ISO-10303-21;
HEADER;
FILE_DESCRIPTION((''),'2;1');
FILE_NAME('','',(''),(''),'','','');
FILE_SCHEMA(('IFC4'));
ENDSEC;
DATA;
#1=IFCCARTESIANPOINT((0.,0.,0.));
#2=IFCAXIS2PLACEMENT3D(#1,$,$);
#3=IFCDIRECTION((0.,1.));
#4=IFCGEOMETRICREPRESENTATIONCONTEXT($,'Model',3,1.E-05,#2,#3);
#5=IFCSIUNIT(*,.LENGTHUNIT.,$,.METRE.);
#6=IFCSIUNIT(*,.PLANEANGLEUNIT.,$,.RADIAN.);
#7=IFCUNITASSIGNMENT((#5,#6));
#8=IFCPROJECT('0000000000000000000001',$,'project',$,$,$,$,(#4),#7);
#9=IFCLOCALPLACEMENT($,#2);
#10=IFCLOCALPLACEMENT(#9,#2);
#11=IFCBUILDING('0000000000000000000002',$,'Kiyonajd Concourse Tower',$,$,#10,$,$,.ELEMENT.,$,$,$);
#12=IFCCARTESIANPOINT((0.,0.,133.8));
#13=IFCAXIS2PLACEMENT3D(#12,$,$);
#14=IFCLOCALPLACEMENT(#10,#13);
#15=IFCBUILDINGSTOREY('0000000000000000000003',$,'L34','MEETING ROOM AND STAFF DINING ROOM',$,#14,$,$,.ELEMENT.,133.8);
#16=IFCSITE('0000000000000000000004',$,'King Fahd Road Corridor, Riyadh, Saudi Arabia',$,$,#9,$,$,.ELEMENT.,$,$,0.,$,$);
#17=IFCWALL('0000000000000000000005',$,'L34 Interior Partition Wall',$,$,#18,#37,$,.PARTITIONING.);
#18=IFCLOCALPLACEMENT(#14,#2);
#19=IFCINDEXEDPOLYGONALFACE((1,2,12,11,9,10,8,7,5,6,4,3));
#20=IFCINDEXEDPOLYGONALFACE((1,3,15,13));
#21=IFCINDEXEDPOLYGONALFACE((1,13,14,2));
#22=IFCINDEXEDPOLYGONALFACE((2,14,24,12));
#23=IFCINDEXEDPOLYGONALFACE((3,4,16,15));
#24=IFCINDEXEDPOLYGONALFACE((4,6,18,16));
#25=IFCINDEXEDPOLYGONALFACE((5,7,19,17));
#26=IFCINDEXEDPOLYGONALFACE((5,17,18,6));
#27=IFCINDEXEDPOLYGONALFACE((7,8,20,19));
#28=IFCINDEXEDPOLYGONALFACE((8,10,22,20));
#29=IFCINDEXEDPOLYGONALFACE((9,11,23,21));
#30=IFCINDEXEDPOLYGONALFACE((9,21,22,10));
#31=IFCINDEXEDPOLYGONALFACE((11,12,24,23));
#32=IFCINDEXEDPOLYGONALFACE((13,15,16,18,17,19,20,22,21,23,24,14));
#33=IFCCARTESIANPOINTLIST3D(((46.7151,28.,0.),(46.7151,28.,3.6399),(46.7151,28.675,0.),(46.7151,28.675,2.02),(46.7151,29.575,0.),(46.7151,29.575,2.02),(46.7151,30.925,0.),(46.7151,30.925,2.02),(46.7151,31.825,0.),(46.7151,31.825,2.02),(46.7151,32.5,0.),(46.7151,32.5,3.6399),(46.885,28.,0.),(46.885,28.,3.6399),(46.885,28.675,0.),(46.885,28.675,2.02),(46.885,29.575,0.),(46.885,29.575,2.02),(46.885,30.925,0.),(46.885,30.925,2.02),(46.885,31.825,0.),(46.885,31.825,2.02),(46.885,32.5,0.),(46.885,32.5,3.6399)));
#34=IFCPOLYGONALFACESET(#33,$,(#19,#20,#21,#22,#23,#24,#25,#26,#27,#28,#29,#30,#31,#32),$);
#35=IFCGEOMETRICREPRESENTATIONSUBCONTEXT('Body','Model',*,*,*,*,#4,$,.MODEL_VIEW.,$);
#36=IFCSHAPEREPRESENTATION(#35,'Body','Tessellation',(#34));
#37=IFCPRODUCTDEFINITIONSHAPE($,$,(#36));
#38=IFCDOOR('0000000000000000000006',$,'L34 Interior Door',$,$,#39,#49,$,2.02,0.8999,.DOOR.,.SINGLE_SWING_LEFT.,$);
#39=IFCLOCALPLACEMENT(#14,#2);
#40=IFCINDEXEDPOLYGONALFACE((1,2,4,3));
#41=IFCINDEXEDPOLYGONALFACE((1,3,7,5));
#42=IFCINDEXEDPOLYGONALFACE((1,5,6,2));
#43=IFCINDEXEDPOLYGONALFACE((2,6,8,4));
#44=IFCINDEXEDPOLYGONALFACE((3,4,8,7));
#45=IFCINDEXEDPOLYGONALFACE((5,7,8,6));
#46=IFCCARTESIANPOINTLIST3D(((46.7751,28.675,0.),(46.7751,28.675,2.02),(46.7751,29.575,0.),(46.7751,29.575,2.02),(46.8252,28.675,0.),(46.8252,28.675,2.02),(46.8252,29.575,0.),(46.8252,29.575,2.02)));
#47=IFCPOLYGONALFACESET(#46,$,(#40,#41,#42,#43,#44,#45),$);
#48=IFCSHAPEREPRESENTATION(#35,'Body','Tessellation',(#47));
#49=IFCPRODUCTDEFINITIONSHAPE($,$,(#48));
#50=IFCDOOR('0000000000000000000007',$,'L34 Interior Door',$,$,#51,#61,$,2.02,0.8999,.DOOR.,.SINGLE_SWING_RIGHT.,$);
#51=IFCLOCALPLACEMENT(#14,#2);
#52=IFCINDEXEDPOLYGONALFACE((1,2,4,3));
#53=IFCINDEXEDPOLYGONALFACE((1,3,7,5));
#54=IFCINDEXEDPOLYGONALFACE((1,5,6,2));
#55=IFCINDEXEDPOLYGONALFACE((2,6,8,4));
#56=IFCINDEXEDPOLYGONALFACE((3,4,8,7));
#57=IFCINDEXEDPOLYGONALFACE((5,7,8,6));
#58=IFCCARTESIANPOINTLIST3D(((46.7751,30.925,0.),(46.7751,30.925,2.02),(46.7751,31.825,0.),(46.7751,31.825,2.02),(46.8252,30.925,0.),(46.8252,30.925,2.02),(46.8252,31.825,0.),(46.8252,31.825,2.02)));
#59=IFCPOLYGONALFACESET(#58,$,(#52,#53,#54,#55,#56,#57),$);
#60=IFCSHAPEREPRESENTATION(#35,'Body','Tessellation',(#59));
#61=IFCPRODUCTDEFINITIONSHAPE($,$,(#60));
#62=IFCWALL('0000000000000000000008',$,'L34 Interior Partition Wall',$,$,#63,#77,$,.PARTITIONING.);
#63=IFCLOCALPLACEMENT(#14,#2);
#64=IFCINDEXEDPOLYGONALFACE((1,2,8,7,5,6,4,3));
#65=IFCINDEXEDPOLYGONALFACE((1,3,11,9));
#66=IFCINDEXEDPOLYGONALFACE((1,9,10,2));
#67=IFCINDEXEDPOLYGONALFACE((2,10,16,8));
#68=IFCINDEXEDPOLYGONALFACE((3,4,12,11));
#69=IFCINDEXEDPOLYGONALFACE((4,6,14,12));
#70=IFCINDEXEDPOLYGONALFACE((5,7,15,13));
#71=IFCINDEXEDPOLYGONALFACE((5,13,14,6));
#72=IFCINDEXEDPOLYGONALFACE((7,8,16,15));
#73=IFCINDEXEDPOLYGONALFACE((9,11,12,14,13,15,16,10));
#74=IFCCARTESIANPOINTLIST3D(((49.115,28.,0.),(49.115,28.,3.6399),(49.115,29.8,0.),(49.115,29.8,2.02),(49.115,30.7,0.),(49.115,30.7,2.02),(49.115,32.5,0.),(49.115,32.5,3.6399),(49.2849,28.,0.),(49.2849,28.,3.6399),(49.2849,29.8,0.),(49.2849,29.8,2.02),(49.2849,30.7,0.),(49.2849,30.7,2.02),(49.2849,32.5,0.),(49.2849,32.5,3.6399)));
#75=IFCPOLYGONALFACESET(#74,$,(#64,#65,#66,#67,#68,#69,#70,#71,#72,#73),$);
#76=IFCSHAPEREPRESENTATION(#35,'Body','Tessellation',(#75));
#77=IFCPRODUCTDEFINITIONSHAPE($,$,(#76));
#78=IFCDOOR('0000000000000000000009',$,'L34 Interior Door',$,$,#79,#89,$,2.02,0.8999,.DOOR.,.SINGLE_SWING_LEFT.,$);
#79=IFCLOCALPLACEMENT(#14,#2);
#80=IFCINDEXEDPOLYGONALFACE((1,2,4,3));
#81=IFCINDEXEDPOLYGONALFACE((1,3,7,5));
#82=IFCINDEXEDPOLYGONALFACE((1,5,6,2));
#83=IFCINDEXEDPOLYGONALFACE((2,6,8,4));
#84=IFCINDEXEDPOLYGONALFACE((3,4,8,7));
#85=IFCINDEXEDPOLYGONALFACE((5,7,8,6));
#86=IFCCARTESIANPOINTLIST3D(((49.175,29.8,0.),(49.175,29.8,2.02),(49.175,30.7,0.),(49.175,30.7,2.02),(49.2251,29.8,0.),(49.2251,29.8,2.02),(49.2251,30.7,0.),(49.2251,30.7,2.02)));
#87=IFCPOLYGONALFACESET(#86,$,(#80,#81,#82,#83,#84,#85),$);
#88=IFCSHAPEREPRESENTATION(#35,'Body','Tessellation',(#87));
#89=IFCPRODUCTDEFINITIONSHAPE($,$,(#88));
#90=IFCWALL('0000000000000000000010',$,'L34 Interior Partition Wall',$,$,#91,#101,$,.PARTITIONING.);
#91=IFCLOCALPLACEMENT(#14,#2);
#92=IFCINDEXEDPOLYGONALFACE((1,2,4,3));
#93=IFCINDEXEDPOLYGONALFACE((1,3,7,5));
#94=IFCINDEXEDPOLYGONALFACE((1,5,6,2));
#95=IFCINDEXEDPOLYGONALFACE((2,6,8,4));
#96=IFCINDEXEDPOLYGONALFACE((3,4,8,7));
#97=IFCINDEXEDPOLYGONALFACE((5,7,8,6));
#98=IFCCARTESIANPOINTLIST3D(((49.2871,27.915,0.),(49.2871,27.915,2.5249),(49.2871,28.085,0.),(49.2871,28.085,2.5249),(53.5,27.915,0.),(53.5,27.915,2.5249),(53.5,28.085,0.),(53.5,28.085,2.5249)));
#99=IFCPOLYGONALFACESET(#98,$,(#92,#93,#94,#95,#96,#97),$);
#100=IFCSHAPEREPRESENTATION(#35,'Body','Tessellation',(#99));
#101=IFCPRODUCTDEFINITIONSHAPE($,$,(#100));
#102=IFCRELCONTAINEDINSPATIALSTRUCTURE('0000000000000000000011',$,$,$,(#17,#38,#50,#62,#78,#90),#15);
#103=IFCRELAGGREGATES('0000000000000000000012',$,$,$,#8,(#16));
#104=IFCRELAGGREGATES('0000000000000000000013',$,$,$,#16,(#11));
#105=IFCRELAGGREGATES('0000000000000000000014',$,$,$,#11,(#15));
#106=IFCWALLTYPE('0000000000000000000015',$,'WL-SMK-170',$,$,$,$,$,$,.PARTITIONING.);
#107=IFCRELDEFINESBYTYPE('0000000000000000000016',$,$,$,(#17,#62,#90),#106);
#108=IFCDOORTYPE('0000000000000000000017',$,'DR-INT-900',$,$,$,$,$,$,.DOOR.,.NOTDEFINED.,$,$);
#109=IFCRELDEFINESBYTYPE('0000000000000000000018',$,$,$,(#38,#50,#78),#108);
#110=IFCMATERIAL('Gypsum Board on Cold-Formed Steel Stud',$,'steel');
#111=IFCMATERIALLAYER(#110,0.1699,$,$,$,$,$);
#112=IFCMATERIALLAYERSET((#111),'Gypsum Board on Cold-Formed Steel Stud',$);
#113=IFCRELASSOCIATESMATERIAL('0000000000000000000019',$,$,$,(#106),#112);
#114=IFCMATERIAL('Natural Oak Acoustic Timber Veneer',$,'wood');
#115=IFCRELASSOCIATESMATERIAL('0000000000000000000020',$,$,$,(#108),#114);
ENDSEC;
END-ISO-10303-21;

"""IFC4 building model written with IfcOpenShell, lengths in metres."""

from ifc_helpers import new_model, si_unit, direction, frame, frame_2d, origin, place, context, subcontext, project, spatial, rectangle, extrude, material, layer, layer_set, type_object, element, fill, save


model = new_model("IFC4")

# Units and contexts
model_context = context("Model", 3, precision=1e-05, world=origin(), true_north=direction((0.0, 1.0)))
body_context = subcontext(model_context, "Body", "Model", "MODEL_VIEW")
ifc_project = project(units=[si_unit("LENGTHUNIT", "METRE"), si_unit("PLANEANGLEUNIT", "RADIAN")], contexts=[model_context])

# Site, building, storey
site_placement = place(None, origin())
site = spatial("IfcSite", under=ifc_project, at=site_placement, Name="King Fahd Road Corridor, Riyadh, Saudi Arabia", CompositionType="ELEMENT", RefElevation=0.0)
building_placement = place(site_placement, origin())
building = spatial("IfcBuilding", under=site, at=building_placement, Name="Kiyonajd Concourse Tower", CompositionType="ELEMENT")
storey_placement = place(building_placement, frame((0.0, 0.0, 133.8)))
storey = spatial("IfcBuildingStorey", under=building, at=storey_placement, Name="L34", Description="MEETING ROOM AND STAFF DINING ROOM", CompositionType="ELEMENT", Elevation=133.8)

# Shared definitions
ifc_material_1 = material(Name="Gypsum Board on Cold-Formed Steel Stud", Category="steel")

# Shared definitions
ifc_layer_1 = layer(ifc_material_1, 0.1699)
ifc_layer_set_1 = layer_set([ifc_layer_1], Name="Gypsum Board on Cold-Formed Steel Stud")
wall_type_1 = type_object("IfcWallType", Name="WL-SMK-170", PredefinedType="PARTITIONING", material=ifc_layer_set_1)
ifc_material_2 = material(Name="Natural Oak Acoustic Timber Veneer", Category="wood")
door_type = type_object("IfcDoorType", Name="DR-INT-900", OperationType="NOTDEFINED", PredefinedType="DOOR", material=ifc_material_2)

# Wall, openings, doors
wall_1_placement = place(storey_placement, frame((46.8, 28.0, 0.0), z_axis=(0.0, 0.0, 1.0), x_axis=(0.0, 1.0, 0.0)))
wall_1 = element("IfcWall", 1, at=wall_1_placement, inside=storey, type_object=wall_type_1, Name="L34 Interior Partition Wall", PredefinedType="PARTITIONING", context=body_context, shape_type="SweptSolid", body=[
    extrude(rectangle(XDim=4.5, YDim=0.1699, at=frame_2d((2.25, 0.0))), origin(), (0.0, 0.0, 1.0), 3.6399),
])
opening_1_placement = place(wall_1_placement, frame((0.675, 0.0, 0.0)))
opening_1 = element("IfcOpeningElement", 2, at=opening_1_placement, cuts=wall_1, PredefinedType="OPENING", context=body_context, shape_type="SweptSolid", body=[
    extrude(rectangle(XDim=0.8999, YDim=2.02, at=frame_2d((0.45, 1.01))), frame((0.0, 0.095, 0.0), z_axis=(0.0, -1.0, 0.0), x_axis=(1.0, 0.0, 0.0)), (0.0, 0.0, 1.0), 0.1899),
])
opening_2_placement = place(wall_1_placement, frame((2.925, 0.0, 0.0)))
opening_2 = element("IfcOpeningElement", 3, at=opening_2_placement, cuts=wall_1, PredefinedType="OPENING", context=body_context, shape_type="SweptSolid", body=[
    extrude(rectangle(XDim=0.8999, YDim=2.02, at=frame_2d((0.45, 1.01))), frame((0.0, 0.095, 0.0), z_axis=(0.0, -1.0, 0.0), x_axis=(1.0, 0.0, 0.0)), (0.0, 0.0, 1.0), 0.1899),
])
door_1_placement = place(opening_1_placement, origin())
door_1 = element("IfcDoor", 4, at=door_1_placement, inside=storey, type_object=door_type, Name="L34 Interior Door", OperationType="SINGLE_SWING_LEFT", OverallHeight=2.02, OverallWidth=0.8999, PredefinedType="DOOR", context=body_context, shape_type="SweptSolid", body=[
    extrude(rectangle(XDim=0.8999, YDim=2.02, at=frame_2d((0.45, 1.01))), frame((0.0, 0.0249, 0.0), z_axis=(0.0, -1.0, 0.0), x_axis=(1.0, 0.0, 0.0)), (0.0, 0.0, 1.0), 0.05),
])
fill(opening_1, door_1)
door_2_placement = place(opening_2_placement, origin())
door_2 = element("IfcDoor", 5, at=door_2_placement, inside=storey, type_object=door_type, Name="L34 Interior Door", OperationType="SINGLE_SWING_RIGHT", OverallHeight=2.02, OverallWidth=0.8999, PredefinedType="DOOR", context=body_context, shape_type="SweptSolid", body=[
    extrude(rectangle(XDim=0.8999, YDim=2.02, at=frame_2d((0.45, 1.01))), frame((0.0, 0.0249, 0.0), z_axis=(0.0, -1.0, 0.0), x_axis=(1.0, 0.0, 0.0)), (0.0, 0.0, 1.0), 0.05),
])
fill(opening_2, door_2)

# Wall, opening, door
wall_2_placement = place(storey_placement, frame((49.2, 28.0, 0.0), z_axis=(0.0, 0.0, 1.0), x_axis=(0.0, 1.0, 0.0)))
wall_2 = element("IfcWall", 6, at=wall_2_placement, inside=storey, type_object=wall_type_1, Name="L34 Interior Partition Wall", PredefinedType="PARTITIONING", context=body_context, shape_type="SweptSolid", body=[
    extrude(rectangle(XDim=4.5, YDim=0.1699, at=frame_2d((2.25, 0.0))), origin(), (0.0, 0.0, 1.0), 3.6399),
])
opening_3_placement = place(wall_2_placement, frame((1.8, 0.0, 0.0)))
opening_3 = element("IfcOpeningElement", 7, at=opening_3_placement, cuts=wall_2, PredefinedType="OPENING", context=body_context, shape_type="SweptSolid", body=[
    extrude(rectangle(XDim=0.8999, YDim=2.02, at=frame_2d((0.45, 1.01))), frame((0.0, 0.095, 0.0), z_axis=(0.0, -1.0, 0.0), x_axis=(1.0, 0.0, 0.0)), (0.0, 0.0, 1.0), 0.1899),
])
door_3_placement = place(opening_3_placement, origin())
door_3 = element("IfcDoor", 8, at=door_3_placement, inside=storey, type_object=door_type, Name="L34 Interior Door", OperationType="SINGLE_SWING_LEFT", OverallHeight=2.02, OverallWidth=0.8999, PredefinedType="DOOR", context=body_context, shape_type="SweptSolid", body=[
    extrude(rectangle(XDim=0.8999, YDim=2.02, at=frame_2d((0.45, 1.01))), frame((0.0, 0.0249, 0.0), z_axis=(0.0, -1.0, 0.0), x_axis=(1.0, 0.0, 0.0)), (0.0, 0.0, 1.0), 0.05),
])
fill(opening_3, door_3)

# Wall
wall_3_placement = place(storey_placement, frame((49.2871, 28.0, 0.0), z_axis=(0.0, 0.0, 1.0), x_axis=(1.0, 0.0, 0.0)))
element("IfcWall", 9, at=wall_3_placement, inside=storey, type_object=wall_type_1, Name="L34 Interior Partition Wall", PredefinedType="PARTITIONING", context=body_context, shape_type="SweptSolid", body=[
    extrude(rectangle(XDim=4.2129, YDim=0.1699, at=frame_2d((2.1064, 0.0))), origin(), (0.0, 0.0, 1.0), 2.5249),
])

save(model, "model.ifc")
